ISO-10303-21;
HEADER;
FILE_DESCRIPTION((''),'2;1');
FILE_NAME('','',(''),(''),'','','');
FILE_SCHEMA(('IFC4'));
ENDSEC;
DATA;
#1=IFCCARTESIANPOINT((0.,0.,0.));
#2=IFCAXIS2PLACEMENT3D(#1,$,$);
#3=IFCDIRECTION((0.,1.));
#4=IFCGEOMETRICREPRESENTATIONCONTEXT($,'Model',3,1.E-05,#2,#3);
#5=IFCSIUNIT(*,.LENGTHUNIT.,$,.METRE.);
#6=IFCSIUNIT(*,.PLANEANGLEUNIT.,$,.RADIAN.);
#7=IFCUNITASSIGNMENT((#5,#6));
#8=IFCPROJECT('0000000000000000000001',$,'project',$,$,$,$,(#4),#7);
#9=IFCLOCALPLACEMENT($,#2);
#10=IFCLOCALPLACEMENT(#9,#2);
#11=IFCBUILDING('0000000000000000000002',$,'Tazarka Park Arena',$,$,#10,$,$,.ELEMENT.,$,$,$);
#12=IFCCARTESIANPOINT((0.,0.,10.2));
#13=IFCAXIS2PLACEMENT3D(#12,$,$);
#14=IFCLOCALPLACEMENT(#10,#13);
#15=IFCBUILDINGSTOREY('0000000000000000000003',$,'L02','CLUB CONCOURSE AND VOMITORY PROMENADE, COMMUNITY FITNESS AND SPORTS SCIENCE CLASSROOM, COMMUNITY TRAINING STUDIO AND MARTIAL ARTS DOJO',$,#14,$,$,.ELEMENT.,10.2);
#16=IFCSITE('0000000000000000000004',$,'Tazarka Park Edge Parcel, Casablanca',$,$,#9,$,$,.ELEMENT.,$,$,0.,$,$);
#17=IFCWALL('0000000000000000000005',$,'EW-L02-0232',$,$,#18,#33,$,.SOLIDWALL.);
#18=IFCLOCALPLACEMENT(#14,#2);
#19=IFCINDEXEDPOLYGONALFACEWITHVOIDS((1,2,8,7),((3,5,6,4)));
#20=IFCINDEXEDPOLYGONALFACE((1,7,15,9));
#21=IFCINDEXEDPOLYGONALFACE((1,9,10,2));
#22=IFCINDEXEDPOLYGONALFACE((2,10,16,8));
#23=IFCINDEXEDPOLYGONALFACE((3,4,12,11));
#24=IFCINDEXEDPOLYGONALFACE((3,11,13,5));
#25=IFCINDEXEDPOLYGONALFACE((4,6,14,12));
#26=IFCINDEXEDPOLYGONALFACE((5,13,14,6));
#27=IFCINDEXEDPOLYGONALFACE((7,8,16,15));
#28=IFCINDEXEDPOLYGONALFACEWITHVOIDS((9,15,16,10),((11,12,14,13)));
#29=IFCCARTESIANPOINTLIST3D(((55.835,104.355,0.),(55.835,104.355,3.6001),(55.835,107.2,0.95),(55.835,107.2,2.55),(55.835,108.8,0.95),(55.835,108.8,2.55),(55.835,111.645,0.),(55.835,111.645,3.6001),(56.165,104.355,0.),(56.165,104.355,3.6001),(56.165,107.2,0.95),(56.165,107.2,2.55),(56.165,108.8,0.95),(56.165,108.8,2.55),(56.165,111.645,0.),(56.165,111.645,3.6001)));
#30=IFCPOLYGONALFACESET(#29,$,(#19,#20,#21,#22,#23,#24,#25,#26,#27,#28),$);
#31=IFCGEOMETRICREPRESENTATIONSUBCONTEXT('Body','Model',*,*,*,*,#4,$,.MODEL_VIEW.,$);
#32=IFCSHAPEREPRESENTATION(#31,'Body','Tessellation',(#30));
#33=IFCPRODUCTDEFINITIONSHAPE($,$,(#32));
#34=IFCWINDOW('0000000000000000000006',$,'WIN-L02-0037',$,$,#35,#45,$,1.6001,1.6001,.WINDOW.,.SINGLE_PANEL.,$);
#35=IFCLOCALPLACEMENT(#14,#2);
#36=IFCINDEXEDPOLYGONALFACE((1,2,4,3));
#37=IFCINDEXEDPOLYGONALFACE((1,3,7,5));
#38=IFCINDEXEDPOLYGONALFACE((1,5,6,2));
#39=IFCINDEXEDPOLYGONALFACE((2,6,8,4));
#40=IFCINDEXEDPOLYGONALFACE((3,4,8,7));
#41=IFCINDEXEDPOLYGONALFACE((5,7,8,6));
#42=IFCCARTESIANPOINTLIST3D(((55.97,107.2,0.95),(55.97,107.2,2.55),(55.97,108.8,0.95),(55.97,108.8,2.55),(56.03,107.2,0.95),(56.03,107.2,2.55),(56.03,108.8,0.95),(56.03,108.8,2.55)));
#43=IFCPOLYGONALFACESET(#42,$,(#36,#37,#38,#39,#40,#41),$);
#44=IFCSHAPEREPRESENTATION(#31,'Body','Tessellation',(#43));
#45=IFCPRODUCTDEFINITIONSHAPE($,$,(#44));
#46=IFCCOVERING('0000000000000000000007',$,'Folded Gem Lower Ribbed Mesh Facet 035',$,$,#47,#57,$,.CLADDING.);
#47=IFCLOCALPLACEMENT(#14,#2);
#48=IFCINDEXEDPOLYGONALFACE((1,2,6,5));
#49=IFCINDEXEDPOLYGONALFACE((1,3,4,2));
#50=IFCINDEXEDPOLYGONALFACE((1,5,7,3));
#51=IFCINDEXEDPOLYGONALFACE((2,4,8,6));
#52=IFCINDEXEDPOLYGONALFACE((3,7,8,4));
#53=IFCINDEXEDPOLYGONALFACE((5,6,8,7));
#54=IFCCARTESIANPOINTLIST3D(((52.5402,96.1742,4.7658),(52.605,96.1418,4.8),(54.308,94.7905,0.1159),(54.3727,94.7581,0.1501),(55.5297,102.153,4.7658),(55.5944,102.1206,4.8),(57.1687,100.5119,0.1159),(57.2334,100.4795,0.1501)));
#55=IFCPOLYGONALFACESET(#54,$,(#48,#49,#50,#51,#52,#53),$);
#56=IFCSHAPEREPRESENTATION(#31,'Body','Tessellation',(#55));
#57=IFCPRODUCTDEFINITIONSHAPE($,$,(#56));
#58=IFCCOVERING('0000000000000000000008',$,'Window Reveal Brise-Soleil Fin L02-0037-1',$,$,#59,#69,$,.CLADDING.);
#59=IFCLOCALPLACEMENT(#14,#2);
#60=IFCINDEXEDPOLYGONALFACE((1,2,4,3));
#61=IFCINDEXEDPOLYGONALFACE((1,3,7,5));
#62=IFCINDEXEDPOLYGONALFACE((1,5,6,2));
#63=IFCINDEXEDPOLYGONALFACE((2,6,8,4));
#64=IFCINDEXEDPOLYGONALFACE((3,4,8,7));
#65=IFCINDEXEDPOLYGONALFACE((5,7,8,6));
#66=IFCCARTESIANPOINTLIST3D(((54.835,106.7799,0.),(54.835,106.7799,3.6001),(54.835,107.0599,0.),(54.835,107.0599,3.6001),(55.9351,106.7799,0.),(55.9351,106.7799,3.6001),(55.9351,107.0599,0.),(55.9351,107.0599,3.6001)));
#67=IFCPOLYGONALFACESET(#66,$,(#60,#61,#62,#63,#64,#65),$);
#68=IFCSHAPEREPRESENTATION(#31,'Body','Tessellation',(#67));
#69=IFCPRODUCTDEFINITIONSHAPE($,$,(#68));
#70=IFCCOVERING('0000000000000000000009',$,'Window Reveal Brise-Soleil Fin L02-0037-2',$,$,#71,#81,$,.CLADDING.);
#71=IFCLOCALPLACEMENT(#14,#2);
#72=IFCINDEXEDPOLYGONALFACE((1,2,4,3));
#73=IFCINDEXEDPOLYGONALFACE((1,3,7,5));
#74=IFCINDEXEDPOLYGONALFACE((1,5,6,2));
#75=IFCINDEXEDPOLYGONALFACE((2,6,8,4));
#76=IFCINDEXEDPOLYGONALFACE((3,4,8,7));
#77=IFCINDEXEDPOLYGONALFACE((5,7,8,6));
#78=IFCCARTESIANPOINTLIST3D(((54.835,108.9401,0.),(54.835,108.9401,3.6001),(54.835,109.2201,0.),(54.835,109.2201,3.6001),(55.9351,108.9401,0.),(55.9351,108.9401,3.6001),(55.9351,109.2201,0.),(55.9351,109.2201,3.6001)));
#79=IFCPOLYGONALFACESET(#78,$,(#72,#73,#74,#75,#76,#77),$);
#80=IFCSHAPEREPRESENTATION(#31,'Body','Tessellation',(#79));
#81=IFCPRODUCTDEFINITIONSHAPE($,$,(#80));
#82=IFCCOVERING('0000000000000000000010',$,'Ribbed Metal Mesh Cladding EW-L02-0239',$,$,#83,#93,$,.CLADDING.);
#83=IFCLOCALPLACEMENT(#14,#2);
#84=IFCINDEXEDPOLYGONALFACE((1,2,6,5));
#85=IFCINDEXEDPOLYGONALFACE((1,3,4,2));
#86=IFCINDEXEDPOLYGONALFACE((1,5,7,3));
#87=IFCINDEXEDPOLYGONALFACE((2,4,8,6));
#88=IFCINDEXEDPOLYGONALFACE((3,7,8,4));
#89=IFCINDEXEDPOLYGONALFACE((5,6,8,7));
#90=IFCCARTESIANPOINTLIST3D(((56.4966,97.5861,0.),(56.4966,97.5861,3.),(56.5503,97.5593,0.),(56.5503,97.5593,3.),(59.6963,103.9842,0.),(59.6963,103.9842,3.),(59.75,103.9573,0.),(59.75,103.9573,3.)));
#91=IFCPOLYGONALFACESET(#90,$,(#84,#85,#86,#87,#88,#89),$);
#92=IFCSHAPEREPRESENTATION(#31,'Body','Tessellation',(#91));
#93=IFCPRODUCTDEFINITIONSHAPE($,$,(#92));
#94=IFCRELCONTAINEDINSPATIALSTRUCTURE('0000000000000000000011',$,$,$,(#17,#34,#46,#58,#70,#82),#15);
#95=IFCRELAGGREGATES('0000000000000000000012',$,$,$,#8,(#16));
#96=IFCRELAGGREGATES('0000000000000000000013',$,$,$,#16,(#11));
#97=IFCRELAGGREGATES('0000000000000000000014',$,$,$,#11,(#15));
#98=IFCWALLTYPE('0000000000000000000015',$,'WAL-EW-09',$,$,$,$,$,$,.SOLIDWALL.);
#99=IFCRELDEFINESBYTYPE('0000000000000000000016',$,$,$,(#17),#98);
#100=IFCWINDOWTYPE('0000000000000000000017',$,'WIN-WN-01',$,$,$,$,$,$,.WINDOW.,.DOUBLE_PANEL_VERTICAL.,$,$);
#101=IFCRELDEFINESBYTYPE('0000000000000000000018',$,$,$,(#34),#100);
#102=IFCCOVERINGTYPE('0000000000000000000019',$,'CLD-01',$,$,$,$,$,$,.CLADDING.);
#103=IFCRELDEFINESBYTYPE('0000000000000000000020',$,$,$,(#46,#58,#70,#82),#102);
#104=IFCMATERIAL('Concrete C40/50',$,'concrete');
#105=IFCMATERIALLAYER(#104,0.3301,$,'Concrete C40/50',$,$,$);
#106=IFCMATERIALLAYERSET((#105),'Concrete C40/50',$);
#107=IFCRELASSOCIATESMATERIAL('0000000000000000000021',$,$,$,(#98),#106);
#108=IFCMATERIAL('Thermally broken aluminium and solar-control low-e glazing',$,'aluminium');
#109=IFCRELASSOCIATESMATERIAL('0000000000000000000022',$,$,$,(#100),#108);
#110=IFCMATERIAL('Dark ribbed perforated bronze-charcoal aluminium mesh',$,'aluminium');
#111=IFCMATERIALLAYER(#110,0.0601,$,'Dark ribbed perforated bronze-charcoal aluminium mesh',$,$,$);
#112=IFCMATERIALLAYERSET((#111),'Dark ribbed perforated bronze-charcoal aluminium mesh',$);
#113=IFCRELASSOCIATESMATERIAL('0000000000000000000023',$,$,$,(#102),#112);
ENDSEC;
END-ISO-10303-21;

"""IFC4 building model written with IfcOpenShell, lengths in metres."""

from ifc_helpers import new_model, si_unit, direction, frame, frame_2d, origin, origin_2d, place, context, subcontext, project, spatial, polyline, rectangle, outline, extrude, material, layer, layer_set, type_object, element, fill, save


model = new_model("IFC4")

# Units and contexts
model_context = context("Model", 3, precision=1e-05, world=origin(), true_north=direction((0.0, 1.0)))
body_context = subcontext(model_context, "Body", "Model", "MODEL_VIEW")
ifc_project = project(units=[si_unit("LENGTHUNIT", "METRE"), si_unit("PLANEANGLEUNIT", "RADIAN")], contexts=[model_context])

# Site, building, storey
site_placement = place(None, origin())
site = spatial("IfcSite", under=ifc_project, at=site_placement, Name="Tazarka Park Edge Parcel, Casablanca", CompositionType="ELEMENT", RefElevation=0.0)
building_placement = place(site_placement, origin())
building = spatial("IfcBuilding", under=site, at=building_placement, Name="Tazarka Park Arena", CompositionType="ELEMENT")
storey_placement = place(building_placement, frame((0.0, 0.0, 10.2)))
storey = spatial("IfcBuildingStorey", under=building, at=storey_placement, Name="L02", Description="CLUB CONCOURSE AND VOMITORY PROMENADE, COMMUNITY FITNESS AND SPORTS SCIENCE CLASSROOM, COMMUNITY TRAINING STUDIO AND MARTIAL ARTS DOJO", CompositionType="ELEMENT", Elevation=10.2)

# Wall, opening, window
ifc_material_1 = material(Name="Concrete C40/50", Category="concrete")
ifc_layer_1 = layer(ifc_material_1, 0.3301, Name="Concrete C40/50")
ifc_layer_set_1 = layer_set([ifc_layer_1], Name="Concrete C40/50")
wall_type_1 = type_object("IfcWallType", Name="WAL-EW-09", PredefinedType="SOLIDWALL", material=ifc_layer_set_1)
wall_1_placement = place(storey_placement, frame((56.0, 104.355, 0.0), z_axis=(0.0, 0.0, 1.0), x_axis=(0.0, 1.0, 0.0)))
wall_1 = element("IfcWall", 1, at=wall_1_placement, inside=storey, type_object=wall_type_1, Name="EW-L02-0232", PredefinedType="SOLIDWALL", context=body_context, shape_type="SweptSolid", body=[
    extrude(rectangle(XDim=7.29, YDim=0.3301, at=frame_2d((3.645, 0.0))), origin(), (0.0, 0.0, 1.0), 3.6001),
])
opening_1_placement = place(wall_1_placement, frame((2.845, 0.0, 0.95)))
opening_1 = element("IfcOpeningElement", 2, at=opening_1_placement, cuts=wall_1, PredefinedType="OPENING", context=body_context, shape_type="SweptSolid", body=[
    extrude(rectangle(XDim=1.6001, YDim=1.6001, at=frame_2d((0.8, 0.8))), frame((0.0, 0.175, 0.0), z_axis=(0.0, -1.0, 0.0), x_axis=(1.0, 0.0, 0.0)), (0.0, 0.0, 1.0), 0.3501),
])
ifc_material_2 = material(Name="Thermally broken aluminium and solar-control low-e glazing", Category="aluminium")
window_type = type_object("IfcWindowType", Name="WIN-WN-01", PartitioningType="DOUBLE_PANEL_VERTICAL", PredefinedType="WINDOW", material=ifc_material_2)
window_placement = place(opening_1_placement, origin())
window = element("IfcWindow", 3, at=window_placement, inside=storey, type_object=window_type, Name="WIN-L02-0037", OverallHeight=1.6001, OverallWidth=1.6001, PartitioningType="SINGLE_PANEL", PredefinedType="WINDOW", context=body_context, shape_type="SweptSolid", body=[
    extrude(rectangle(XDim=1.6001, YDim=1.6001, at=frame_2d((0.8, 0.8))), frame((0.0, 0.03, 0.0), z_axis=(0.0, -1.0, 0.0), x_axis=(1.0, 0.0, 0.0)), (0.0, 0.0, 1.0), 0.0601),
])
fill(opening_1, window)

# Coverings
ifc_material_3 = material(Name="Dark ribbed perforated bronze-charcoal aluminium mesh", Category="aluminium")
ifc_layer_2 = layer(ifc_material_3, 0.0601, Name="Dark ribbed perforated bronze-charcoal aluminium mesh")
ifc_layer_set_2 = layer_set([ifc_layer_2], Name="Dark ribbed perforated bronze-charcoal aluminium mesh")
covering_type = type_object("IfcCoveringType", Name="CLD-01", PredefinedType="CLADDING", material=ifc_layer_set_2)
covering_1_placement = place(storey_placement, frame((57.2334, 100.4795, 0.1501), z_axis=(0.808506, -0.404253, 0.427664), x_axis=(-0.447211, -0.894429, -0.000007)))
element("IfcCovering", 4, at=covering_1_placement, inside=storey, type_object=covering_type, Name="Folded Gem Lower Ribbed Mesh Facet 035", PredefinedType="CLADDING", context=body_context, shape_type="SweptSolid", body=[
    extrude(outline(polyline([(0.0, 0.0), (6.3967, 0.0), (5.9496, -5.1441), (-0.7349, -5.144), (0.0, 0.0)])), origin(), (0.0, 0.0, -1.0), 0.0801),
])
for number, where, z_axis, x_axis, name in (
    (5, (55.385, 106.9199, 0.0), (0.0, 0.0, 1.0), (0.0, 1.0, 0.0), "Window Reveal Brise-Soleil Fin L02-0037-1"),
    (6, (55.385, 109.0801, 0.0), (0.0, 0.0, 1.0), (0.0, 1.0, 0.0), "Window Reveal Brise-Soleil Fin L02-0037-2"),
):
    element("IfcCovering", number, at=place(storey_placement, frame(where, z_axis=z_axis, x_axis=x_axis)), inside=storey, type_object=covering_type, Name=name, PredefinedType="CLADDING", context=body_context, shape_type="SweptSolid", body=[
        extrude(rectangle(XDim=0.28, YDim=1.1001, at=origin_2d()), origin(), (0.0, 0.0, 1.0), 3.6001),
    ])
covering_2_placement = place(storey_placement, frame((58.1233, 100.7717, 0.0), z_axis=(0.0, 0.0, 1.0), x_axis=(0.447291, 0.894389, 0.0)))
element("IfcCovering", 7, at=covering_2_placement, inside=storey, type_object=covering_type, Name="Ribbed Metal Mesh Cladding EW-L02-0239", PredefinedType="CLADDING", context=body_context, shape_type="SweptSolid", body=[
    extrude(rectangle(XDim=7.1536, YDim=0.0601, at=origin_2d()), origin(), (0.0, 0.0, 1.0), 3.0),
])

save(model, "model.ifc")
